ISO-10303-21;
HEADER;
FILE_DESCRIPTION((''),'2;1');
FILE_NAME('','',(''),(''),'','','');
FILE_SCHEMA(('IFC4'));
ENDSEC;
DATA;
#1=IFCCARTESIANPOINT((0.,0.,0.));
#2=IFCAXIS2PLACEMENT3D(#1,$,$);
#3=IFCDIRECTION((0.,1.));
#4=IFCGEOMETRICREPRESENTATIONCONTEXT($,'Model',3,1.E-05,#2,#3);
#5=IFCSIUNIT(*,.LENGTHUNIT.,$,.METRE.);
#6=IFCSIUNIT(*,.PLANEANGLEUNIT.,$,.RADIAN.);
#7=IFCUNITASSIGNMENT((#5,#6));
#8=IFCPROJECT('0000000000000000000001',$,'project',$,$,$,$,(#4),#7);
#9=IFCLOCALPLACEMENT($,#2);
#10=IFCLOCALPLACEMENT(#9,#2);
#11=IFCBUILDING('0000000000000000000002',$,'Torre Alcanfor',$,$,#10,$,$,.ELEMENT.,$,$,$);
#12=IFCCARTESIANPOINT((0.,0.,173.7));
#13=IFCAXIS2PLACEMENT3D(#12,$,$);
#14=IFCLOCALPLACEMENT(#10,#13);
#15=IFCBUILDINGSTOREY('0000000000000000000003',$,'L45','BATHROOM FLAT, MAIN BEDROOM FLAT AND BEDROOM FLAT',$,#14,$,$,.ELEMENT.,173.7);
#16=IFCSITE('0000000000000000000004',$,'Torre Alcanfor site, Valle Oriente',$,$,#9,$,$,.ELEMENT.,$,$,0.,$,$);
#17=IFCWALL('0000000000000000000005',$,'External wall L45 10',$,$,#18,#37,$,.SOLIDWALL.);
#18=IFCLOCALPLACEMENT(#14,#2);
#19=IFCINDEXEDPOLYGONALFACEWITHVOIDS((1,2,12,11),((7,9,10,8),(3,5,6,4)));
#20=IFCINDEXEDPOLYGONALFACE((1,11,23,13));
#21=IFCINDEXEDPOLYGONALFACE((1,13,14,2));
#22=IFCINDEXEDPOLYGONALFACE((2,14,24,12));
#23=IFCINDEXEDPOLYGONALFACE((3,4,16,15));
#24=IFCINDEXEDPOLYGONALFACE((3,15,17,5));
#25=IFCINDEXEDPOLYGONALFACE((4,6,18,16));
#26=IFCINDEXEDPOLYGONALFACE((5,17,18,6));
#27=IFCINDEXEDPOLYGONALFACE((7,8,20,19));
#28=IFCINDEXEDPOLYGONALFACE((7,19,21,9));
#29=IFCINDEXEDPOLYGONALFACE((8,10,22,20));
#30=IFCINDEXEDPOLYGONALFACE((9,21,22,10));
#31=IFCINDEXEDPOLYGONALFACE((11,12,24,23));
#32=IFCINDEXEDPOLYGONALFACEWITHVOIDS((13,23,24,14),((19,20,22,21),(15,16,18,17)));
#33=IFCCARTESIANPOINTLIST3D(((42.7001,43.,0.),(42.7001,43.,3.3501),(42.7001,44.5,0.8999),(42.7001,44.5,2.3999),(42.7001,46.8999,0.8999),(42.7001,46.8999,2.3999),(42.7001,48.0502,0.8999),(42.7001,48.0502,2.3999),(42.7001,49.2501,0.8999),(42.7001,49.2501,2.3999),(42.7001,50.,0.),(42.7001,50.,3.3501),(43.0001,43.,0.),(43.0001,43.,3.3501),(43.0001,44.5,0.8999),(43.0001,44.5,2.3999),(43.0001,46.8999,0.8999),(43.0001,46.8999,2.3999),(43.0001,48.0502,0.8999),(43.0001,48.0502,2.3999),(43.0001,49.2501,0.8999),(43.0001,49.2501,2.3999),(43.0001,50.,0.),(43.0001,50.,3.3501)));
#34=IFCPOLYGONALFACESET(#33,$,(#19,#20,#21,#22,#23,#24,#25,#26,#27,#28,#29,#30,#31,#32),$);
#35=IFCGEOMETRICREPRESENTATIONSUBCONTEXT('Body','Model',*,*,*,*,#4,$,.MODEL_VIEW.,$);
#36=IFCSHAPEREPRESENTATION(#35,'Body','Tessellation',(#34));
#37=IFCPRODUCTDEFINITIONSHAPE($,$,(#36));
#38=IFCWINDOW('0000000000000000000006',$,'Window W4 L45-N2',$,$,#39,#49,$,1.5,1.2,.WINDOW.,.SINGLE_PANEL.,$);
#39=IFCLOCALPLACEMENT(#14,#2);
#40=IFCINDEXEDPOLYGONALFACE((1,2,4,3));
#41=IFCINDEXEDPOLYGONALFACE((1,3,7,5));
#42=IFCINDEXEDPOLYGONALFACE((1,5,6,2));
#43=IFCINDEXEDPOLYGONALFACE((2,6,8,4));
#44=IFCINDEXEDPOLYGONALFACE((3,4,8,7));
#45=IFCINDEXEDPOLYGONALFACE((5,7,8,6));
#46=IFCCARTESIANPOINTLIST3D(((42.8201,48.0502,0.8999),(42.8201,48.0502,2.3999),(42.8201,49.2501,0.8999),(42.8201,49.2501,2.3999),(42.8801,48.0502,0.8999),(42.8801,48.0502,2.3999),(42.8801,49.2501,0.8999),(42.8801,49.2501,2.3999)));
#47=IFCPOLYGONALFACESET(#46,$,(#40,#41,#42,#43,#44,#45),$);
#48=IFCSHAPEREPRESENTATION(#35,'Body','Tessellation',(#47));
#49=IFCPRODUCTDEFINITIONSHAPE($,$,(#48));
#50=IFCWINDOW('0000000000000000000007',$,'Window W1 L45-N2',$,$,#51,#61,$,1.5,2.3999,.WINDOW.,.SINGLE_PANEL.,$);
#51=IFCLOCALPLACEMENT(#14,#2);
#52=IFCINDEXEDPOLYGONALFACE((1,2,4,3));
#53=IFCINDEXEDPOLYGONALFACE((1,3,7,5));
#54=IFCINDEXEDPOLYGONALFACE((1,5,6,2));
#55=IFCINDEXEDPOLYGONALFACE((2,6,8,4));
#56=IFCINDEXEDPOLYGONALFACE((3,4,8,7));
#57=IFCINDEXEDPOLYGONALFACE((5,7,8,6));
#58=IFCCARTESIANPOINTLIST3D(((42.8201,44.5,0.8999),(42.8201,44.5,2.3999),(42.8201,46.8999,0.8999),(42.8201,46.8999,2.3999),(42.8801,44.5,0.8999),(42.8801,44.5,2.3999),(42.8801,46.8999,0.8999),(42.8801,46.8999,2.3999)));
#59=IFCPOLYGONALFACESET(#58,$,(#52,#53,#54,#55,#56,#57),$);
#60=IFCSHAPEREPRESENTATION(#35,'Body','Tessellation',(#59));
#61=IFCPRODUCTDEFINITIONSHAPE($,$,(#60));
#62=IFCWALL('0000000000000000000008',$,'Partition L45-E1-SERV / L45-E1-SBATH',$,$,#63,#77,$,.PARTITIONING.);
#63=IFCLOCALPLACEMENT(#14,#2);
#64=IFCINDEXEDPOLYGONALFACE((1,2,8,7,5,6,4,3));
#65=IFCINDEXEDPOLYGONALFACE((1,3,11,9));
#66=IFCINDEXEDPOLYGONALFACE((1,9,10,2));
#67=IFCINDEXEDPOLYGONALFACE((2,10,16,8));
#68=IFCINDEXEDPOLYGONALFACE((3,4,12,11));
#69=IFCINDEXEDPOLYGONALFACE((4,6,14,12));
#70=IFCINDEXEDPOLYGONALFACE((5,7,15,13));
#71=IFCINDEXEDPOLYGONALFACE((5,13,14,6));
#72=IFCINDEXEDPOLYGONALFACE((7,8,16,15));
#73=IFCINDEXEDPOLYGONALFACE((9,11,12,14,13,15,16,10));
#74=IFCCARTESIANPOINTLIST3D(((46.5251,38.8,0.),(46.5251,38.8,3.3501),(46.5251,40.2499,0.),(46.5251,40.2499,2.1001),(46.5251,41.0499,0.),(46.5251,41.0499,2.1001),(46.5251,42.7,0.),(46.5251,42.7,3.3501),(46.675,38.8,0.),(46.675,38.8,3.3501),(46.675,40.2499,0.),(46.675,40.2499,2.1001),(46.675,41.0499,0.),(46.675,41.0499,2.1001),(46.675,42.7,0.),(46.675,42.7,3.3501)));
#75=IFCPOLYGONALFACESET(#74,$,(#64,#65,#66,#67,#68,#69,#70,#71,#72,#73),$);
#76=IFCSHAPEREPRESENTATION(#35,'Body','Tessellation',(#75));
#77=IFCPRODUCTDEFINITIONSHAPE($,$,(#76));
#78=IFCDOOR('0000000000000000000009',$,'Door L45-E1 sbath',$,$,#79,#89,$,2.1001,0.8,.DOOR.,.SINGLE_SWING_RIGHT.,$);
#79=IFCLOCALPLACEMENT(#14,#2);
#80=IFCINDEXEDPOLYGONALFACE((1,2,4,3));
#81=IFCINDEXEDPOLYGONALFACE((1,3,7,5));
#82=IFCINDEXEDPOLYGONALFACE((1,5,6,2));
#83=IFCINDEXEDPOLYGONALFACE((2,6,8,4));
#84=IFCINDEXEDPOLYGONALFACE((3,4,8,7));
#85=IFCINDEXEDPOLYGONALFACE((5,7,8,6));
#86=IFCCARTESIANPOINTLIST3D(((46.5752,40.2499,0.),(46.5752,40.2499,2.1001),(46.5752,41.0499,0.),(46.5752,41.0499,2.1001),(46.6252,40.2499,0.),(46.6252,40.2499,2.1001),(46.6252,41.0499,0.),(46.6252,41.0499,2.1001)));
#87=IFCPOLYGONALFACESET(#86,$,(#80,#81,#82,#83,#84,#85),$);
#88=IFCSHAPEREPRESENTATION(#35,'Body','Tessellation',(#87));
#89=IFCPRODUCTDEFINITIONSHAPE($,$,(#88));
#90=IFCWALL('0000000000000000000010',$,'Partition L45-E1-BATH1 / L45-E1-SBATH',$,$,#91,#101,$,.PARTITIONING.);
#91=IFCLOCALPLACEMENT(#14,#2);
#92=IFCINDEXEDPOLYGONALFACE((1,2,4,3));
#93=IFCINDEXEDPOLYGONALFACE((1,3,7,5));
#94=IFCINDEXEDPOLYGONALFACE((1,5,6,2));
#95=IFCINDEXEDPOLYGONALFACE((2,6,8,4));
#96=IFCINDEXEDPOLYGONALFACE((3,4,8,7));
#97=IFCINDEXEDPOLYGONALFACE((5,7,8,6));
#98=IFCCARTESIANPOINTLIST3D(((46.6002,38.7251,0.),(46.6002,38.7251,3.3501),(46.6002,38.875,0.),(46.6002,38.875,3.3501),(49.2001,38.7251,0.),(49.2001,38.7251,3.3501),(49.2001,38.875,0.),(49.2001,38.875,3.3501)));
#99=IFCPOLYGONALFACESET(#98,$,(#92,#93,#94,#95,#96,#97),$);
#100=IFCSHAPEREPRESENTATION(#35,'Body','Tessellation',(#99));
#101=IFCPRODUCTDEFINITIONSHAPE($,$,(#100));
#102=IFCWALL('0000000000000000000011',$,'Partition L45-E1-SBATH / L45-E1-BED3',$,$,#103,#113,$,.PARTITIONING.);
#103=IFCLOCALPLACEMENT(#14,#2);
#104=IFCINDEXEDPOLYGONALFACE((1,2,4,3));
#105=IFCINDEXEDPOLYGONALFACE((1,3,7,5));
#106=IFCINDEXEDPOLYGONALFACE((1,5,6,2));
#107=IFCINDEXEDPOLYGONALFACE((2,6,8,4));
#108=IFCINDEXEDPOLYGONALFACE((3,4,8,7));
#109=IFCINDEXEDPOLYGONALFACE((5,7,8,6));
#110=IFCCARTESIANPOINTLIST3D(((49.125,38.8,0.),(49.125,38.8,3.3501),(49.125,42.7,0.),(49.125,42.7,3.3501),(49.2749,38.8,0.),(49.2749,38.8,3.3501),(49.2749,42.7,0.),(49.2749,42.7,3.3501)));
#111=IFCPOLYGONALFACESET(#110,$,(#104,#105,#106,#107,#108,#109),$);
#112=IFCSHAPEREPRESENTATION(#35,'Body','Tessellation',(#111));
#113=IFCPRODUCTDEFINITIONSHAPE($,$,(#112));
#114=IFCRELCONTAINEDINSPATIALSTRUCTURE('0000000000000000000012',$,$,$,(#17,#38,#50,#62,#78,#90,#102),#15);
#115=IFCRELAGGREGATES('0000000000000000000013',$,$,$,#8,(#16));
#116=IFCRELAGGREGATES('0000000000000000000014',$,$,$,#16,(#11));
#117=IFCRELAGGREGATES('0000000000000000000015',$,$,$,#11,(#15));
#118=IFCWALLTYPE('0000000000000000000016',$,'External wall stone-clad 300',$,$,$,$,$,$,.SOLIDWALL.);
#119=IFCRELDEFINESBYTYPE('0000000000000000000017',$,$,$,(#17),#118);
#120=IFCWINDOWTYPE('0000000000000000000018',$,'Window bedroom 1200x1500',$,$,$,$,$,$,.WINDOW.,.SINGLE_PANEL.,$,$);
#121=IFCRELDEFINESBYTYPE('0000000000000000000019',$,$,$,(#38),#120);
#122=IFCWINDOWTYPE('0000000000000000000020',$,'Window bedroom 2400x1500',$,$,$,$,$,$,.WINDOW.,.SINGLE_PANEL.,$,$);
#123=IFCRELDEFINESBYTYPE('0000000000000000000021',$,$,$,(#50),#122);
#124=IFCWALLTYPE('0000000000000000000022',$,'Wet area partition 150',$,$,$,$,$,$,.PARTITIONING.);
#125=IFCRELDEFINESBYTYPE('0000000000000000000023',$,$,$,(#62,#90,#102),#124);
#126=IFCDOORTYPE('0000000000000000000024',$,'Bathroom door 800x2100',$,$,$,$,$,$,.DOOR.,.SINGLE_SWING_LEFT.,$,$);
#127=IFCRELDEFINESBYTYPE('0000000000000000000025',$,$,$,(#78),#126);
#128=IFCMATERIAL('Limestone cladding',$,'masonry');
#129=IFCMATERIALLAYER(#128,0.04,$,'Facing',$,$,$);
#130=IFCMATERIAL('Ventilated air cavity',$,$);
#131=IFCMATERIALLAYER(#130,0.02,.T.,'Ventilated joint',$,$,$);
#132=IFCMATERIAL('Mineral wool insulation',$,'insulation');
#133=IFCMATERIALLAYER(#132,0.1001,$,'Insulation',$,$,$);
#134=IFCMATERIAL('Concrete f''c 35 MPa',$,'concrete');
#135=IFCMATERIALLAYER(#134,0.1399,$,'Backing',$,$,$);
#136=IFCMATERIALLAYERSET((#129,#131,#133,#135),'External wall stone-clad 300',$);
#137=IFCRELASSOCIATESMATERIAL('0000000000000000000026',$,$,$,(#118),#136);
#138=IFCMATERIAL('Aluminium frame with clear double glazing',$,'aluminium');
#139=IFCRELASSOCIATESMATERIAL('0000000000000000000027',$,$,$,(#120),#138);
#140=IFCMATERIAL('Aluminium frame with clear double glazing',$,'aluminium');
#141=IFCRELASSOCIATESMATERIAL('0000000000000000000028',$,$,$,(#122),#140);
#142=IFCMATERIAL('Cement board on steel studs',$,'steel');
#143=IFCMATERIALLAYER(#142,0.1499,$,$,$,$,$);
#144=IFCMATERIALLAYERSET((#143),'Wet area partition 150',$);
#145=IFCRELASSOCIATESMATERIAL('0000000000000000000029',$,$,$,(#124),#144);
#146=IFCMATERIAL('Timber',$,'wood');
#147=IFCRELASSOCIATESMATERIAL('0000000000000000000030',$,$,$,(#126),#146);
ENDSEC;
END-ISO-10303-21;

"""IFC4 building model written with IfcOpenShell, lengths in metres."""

from ifc_helpers import new_model, si_unit, direction, frame, frame_2d, origin, place, context, subcontext, project, spatial, rectangle, extrude, material, layer, layer_set, type_object, element, fill, save


model = new_model("IFC4")

# Units and contexts
model_context = context("Model", 3, precision=1e-05, world=origin(), true_north=direction((0.0, 1.0)))
body_context = subcontext(model_context, "Body", "Model", "MODEL_VIEW")
ifc_project = project(units=[si_unit("LENGTHUNIT", "METRE"), si_unit("PLANEANGLEUNIT", "RADIAN")], contexts=[model_context])

# Site, building, storey
site_placement = place(None, origin())
site = spatial("IfcSite", under=ifc_project, at=site_placement, Name="Torre Alcanfor site, Valle Oriente", CompositionType="ELEMENT", RefElevation=0.0)
building_placement = place(site_placement, origin())
building = spatial("IfcBuilding", under=site, at=building_placement, Name="Torre Alcanfor", CompositionType="ELEMENT")
storey_placement = place(building_placement, frame((0.0, 0.0, 173.7)))
storey = spatial("IfcBuildingStorey", under=building, at=storey_placement, Name="L45", Description="BATHROOM FLAT, MAIN BEDROOM FLAT AND BEDROOM FLAT", CompositionType="ELEMENT", Elevation=173.7)

# Wall, openings, windows
ifc_material_1 = material(Name="Limestone cladding", Category="masonry")
ifc_layer_1 = layer(ifc_material_1, 0.04, Name="Facing")
ifc_material_2 = material(Name="Ventilated air cavity")
ifc_layer_2 = layer(ifc_material_2, 0.02, ventilated=True, Name="Ventilated joint")
ifc_material_3 = material(Name="Mineral wool insulation", Category="insulation")
ifc_layer_3 = layer(ifc_material_3, 0.1001, Name="Insulation")
ifc_material_4 = material(Name="Concrete f'c 35 MPa", Category="concrete")
ifc_layer_4 = layer(ifc_material_4, 0.1399, Name="Backing")
ifc_layer_set_1 = layer_set([ifc_layer_1, ifc_layer_2, ifc_layer_3, ifc_layer_4], Name="External wall stone-clad 300")
wall_type_1 = type_object("IfcWallType", Name="External wall stone-clad 300", PredefinedType="SOLIDWALL", material=ifc_layer_set_1)
wall_1_placement = place(storey_placement, frame((42.8501, 43.0, 0.0), z_axis=(0.0, 0.0, 1.0), x_axis=(0.0, 1.0, 0.0)))
wall_1 = element("IfcWall", 1, at=wall_1_placement, inside=storey, type_object=wall_type_1, Name="External wall L45 10", PredefinedType="SOLIDWALL", context=body_context, shape_type="SweptSolid", body=[
    extrude(rectangle(XDim=7.0, YDim=0.3, at=frame_2d((3.5, 0.0))), origin(), (0.0, 0.0, 1.0), 3.3501),
])
opening_1_placement = place(wall_1_placement, frame((1.5, 0.0, 0.8999)))
opening_1 = element("IfcOpeningElement", 2, at=opening_1_placement, cuts=wall_1, PredefinedType="OPENING", context=body_context, shape_type="SweptSolid", body=[
    extrude(rectangle(XDim=2.3999, YDim=1.5, at=frame_2d((1.2, 0.75))), frame((0.0, 0.1599, 0.0), z_axis=(0.0, -1.0, 0.0), x_axis=(1.0, 0.0, 0.0)), (0.0, 0.0, 1.0), 0.3201),
])
opening_2_placement = place(wall_1_placement, frame((5.05, 0.0, 0.8999)))
opening_2 = element("IfcOpeningElement", 3, at=opening_2_placement, cuts=wall_1, PredefinedType="OPENING", context=body_context, shape_type="SweptSolid", body=[
    extrude(rectangle(XDim=1.2, YDim=1.5, at=frame_2d((0.6001, 0.75))), frame((0.0, 0.1599, 0.0), z_axis=(0.0, -1.0, 0.0), x_axis=(1.0, 0.0, 0.0)), (0.0, 0.0, 1.0), 0.3201),
])
ifc_material_5 = material(Name="Aluminium frame with clear double glazing", Category="aluminium")
window_type_1 = type_object("IfcWindowType", Name="Window bedroom 1200x1500", PartitioningType="SINGLE_PANEL", PredefinedType="WINDOW", material=ifc_material_5)
window_1_placement = place(opening_2_placement, origin())
window_1 = element("IfcWindow", 4, at=window_1_placement, inside=storey, type_object=window_type_1, Name="Window W4 L45-N2", OverallHeight=1.5, OverallWidth=1.2, PartitioningType="SINGLE_PANEL", PredefinedType="WINDOW", context=body_context, shape_type="SweptSolid", body=[
    extrude(rectangle(XDim=1.2, YDim=1.5, at=frame_2d((0.6001, 0.75))), frame((0.0, 0.03, 0.0), z_axis=(0.0, -1.0, 0.0), x_axis=(1.0, 0.0, 0.0)), (0.0, 0.0, 1.0), 0.0601),
])
fill(opening_2, window_1)
ifc_material_6 = material(Name="Aluminium frame with clear double glazing", Category="aluminium")
window_type_2 = type_object("IfcWindowType", Name="Window bedroom 2400x1500", PartitioningType="SINGLE_PANEL", PredefinedType="WINDOW", material=ifc_material_6)
window_2_placement = place(opening_1_placement, origin())
window_2 = element("IfcWindow", 5, at=window_2_placement, inside=storey, type_object=window_type_2, Name="Window W1 L45-N2", OverallHeight=1.5, OverallWidth=2.3999, PartitioningType="SINGLE_PANEL", PredefinedType="WINDOW", context=body_context, shape_type="SweptSolid", body=[
    extrude(rectangle(XDim=2.3999, YDim=1.5, at=frame_2d((1.2, 0.75))), frame((0.0, 0.03, 0.0), z_axis=(0.0, -1.0, 0.0), x_axis=(1.0, 0.0, 0.0)), (0.0, 0.0, 1.0), 0.0601),
])
fill(opening_1, window_2)

# Wall, opening, door
ifc_material_7 = material(Name="Cement board on steel studs", Category="steel")
ifc_layer_5 = layer(ifc_material_7, 0.1499)
ifc_layer_set_2 = layer_set([ifc_layer_5], Name="Wet area partition 150")
wall_type_2 = type_object("IfcWallType", Name="Wet area partition 150", PredefinedType="PARTITIONING", material=ifc_layer_set_2)
wall_2_placement = place(storey_placement, frame((46.6001, 38.8, 0.0), z_axis=(0.0, 0.0, 1.0), x_axis=(0.0, 1.0, 0.0)))
wall_2 = element("IfcWall", 6, at=wall_2_placement, inside=storey, type_object=wall_type_2, Name="Partition L45-E1-SERV / L45-E1-SBATH", PredefinedType="PARTITIONING", context=body_context, shape_type="SweptSolid", body=[
    extrude(rectangle(XDim=3.8999, YDim=0.1499, at=frame_2d((1.95, 0.0))), origin(), (0.0, 0.0, 1.0), 3.3501),
])
opening_3_placement = place(wall_2_placement, frame((1.45, 0.0, 0.0)))
opening_3 = element("IfcOpeningElement", 7, at=opening_3_placement, cuts=wall_2, PredefinedType="OPENING", context=body_context, shape_type="SweptSolid", body=[
    extrude(rectangle(XDim=0.8, YDim=2.1001, at=frame_2d((0.3999, 1.05))), frame((0.0, 0.085, 0.0), z_axis=(0.0, -1.0, 0.0), x_axis=(1.0, 0.0, 0.0)), (0.0, 0.0, 1.0), 0.1699),
])
ifc_material_8 = material(Name="Timber", Category="wood")
door_type = type_object("IfcDoorType", Name="Bathroom door 800x2100", OperationType="SINGLE_SWING_LEFT", PredefinedType="DOOR", material=ifc_material_8)
door_placement = place(opening_3_placement, frame((0.8, 0.0, 0.0), z_axis=(0.0, 0.0, 1.0), x_axis=(-1.0, 0.0, 0.0)))
door = element("IfcDoor", 8, at=door_placement, inside=storey, type_object=door_type, Name="Door L45-E1 sbath", OperationType="SINGLE_SWING_RIGHT", OverallHeight=2.1001, OverallWidth=0.8, PredefinedType="DOOR", context=body_context, shape_type="SweptSolid", body=[
    extrude(rectangle(XDim=0.8, YDim=2.1001, at=frame_2d((0.4001, 1.05))), frame((0.0, 0.0251, 0.0), z_axis=(0.0, -1.0, 0.0), x_axis=(1.0, 0.0, 0.0)), (0.0, 0.0, 1.0), 0.05),
])
fill(opening_3, door)

# Walls
wall_3_placement = place(storey_placement, frame((49.2, 38.8, 0.0), z_axis=(0.0, 0.0, 1.0), x_axis=(-1.0, 0.0, 0.0)))
element("IfcWall", 9, at=wall_3_placement, inside=storey, type_object=wall_type_2, Name="Partition L45-E1-BATH1 / L45-E1-SBATH", PredefinedType="PARTITIONING", context=body_context, shape_type="SweptSolid", body=[
    extrude(rectangle(XDim=2.5999, YDim=0.1499, at=frame_2d((1.2998, 0.0))), origin(), (0.0, 0.0, 1.0), 3.3501),
])
wall_4_placement = place(storey_placement, frame((49.2, 38.8, 0.0), z_axis=(0.0, 0.0, 1.0), x_axis=(0.0, 1.0, 0.0)))
element("IfcWall", 10, at=wall_4_placement, inside=storey, type_object=wall_type_2, Name="Partition L45-E1-SBATH / L45-E1-BED3", PredefinedType="PARTITIONING", context=body_context, shape_type="SweptSolid", body=[
    extrude(rectangle(XDim=3.8999, YDim=0.1499, at=frame_2d((1.95, 0.0))), origin(), (0.0, 0.0, 1.0), 3.3501),
])

save(model, "model.ifc")
